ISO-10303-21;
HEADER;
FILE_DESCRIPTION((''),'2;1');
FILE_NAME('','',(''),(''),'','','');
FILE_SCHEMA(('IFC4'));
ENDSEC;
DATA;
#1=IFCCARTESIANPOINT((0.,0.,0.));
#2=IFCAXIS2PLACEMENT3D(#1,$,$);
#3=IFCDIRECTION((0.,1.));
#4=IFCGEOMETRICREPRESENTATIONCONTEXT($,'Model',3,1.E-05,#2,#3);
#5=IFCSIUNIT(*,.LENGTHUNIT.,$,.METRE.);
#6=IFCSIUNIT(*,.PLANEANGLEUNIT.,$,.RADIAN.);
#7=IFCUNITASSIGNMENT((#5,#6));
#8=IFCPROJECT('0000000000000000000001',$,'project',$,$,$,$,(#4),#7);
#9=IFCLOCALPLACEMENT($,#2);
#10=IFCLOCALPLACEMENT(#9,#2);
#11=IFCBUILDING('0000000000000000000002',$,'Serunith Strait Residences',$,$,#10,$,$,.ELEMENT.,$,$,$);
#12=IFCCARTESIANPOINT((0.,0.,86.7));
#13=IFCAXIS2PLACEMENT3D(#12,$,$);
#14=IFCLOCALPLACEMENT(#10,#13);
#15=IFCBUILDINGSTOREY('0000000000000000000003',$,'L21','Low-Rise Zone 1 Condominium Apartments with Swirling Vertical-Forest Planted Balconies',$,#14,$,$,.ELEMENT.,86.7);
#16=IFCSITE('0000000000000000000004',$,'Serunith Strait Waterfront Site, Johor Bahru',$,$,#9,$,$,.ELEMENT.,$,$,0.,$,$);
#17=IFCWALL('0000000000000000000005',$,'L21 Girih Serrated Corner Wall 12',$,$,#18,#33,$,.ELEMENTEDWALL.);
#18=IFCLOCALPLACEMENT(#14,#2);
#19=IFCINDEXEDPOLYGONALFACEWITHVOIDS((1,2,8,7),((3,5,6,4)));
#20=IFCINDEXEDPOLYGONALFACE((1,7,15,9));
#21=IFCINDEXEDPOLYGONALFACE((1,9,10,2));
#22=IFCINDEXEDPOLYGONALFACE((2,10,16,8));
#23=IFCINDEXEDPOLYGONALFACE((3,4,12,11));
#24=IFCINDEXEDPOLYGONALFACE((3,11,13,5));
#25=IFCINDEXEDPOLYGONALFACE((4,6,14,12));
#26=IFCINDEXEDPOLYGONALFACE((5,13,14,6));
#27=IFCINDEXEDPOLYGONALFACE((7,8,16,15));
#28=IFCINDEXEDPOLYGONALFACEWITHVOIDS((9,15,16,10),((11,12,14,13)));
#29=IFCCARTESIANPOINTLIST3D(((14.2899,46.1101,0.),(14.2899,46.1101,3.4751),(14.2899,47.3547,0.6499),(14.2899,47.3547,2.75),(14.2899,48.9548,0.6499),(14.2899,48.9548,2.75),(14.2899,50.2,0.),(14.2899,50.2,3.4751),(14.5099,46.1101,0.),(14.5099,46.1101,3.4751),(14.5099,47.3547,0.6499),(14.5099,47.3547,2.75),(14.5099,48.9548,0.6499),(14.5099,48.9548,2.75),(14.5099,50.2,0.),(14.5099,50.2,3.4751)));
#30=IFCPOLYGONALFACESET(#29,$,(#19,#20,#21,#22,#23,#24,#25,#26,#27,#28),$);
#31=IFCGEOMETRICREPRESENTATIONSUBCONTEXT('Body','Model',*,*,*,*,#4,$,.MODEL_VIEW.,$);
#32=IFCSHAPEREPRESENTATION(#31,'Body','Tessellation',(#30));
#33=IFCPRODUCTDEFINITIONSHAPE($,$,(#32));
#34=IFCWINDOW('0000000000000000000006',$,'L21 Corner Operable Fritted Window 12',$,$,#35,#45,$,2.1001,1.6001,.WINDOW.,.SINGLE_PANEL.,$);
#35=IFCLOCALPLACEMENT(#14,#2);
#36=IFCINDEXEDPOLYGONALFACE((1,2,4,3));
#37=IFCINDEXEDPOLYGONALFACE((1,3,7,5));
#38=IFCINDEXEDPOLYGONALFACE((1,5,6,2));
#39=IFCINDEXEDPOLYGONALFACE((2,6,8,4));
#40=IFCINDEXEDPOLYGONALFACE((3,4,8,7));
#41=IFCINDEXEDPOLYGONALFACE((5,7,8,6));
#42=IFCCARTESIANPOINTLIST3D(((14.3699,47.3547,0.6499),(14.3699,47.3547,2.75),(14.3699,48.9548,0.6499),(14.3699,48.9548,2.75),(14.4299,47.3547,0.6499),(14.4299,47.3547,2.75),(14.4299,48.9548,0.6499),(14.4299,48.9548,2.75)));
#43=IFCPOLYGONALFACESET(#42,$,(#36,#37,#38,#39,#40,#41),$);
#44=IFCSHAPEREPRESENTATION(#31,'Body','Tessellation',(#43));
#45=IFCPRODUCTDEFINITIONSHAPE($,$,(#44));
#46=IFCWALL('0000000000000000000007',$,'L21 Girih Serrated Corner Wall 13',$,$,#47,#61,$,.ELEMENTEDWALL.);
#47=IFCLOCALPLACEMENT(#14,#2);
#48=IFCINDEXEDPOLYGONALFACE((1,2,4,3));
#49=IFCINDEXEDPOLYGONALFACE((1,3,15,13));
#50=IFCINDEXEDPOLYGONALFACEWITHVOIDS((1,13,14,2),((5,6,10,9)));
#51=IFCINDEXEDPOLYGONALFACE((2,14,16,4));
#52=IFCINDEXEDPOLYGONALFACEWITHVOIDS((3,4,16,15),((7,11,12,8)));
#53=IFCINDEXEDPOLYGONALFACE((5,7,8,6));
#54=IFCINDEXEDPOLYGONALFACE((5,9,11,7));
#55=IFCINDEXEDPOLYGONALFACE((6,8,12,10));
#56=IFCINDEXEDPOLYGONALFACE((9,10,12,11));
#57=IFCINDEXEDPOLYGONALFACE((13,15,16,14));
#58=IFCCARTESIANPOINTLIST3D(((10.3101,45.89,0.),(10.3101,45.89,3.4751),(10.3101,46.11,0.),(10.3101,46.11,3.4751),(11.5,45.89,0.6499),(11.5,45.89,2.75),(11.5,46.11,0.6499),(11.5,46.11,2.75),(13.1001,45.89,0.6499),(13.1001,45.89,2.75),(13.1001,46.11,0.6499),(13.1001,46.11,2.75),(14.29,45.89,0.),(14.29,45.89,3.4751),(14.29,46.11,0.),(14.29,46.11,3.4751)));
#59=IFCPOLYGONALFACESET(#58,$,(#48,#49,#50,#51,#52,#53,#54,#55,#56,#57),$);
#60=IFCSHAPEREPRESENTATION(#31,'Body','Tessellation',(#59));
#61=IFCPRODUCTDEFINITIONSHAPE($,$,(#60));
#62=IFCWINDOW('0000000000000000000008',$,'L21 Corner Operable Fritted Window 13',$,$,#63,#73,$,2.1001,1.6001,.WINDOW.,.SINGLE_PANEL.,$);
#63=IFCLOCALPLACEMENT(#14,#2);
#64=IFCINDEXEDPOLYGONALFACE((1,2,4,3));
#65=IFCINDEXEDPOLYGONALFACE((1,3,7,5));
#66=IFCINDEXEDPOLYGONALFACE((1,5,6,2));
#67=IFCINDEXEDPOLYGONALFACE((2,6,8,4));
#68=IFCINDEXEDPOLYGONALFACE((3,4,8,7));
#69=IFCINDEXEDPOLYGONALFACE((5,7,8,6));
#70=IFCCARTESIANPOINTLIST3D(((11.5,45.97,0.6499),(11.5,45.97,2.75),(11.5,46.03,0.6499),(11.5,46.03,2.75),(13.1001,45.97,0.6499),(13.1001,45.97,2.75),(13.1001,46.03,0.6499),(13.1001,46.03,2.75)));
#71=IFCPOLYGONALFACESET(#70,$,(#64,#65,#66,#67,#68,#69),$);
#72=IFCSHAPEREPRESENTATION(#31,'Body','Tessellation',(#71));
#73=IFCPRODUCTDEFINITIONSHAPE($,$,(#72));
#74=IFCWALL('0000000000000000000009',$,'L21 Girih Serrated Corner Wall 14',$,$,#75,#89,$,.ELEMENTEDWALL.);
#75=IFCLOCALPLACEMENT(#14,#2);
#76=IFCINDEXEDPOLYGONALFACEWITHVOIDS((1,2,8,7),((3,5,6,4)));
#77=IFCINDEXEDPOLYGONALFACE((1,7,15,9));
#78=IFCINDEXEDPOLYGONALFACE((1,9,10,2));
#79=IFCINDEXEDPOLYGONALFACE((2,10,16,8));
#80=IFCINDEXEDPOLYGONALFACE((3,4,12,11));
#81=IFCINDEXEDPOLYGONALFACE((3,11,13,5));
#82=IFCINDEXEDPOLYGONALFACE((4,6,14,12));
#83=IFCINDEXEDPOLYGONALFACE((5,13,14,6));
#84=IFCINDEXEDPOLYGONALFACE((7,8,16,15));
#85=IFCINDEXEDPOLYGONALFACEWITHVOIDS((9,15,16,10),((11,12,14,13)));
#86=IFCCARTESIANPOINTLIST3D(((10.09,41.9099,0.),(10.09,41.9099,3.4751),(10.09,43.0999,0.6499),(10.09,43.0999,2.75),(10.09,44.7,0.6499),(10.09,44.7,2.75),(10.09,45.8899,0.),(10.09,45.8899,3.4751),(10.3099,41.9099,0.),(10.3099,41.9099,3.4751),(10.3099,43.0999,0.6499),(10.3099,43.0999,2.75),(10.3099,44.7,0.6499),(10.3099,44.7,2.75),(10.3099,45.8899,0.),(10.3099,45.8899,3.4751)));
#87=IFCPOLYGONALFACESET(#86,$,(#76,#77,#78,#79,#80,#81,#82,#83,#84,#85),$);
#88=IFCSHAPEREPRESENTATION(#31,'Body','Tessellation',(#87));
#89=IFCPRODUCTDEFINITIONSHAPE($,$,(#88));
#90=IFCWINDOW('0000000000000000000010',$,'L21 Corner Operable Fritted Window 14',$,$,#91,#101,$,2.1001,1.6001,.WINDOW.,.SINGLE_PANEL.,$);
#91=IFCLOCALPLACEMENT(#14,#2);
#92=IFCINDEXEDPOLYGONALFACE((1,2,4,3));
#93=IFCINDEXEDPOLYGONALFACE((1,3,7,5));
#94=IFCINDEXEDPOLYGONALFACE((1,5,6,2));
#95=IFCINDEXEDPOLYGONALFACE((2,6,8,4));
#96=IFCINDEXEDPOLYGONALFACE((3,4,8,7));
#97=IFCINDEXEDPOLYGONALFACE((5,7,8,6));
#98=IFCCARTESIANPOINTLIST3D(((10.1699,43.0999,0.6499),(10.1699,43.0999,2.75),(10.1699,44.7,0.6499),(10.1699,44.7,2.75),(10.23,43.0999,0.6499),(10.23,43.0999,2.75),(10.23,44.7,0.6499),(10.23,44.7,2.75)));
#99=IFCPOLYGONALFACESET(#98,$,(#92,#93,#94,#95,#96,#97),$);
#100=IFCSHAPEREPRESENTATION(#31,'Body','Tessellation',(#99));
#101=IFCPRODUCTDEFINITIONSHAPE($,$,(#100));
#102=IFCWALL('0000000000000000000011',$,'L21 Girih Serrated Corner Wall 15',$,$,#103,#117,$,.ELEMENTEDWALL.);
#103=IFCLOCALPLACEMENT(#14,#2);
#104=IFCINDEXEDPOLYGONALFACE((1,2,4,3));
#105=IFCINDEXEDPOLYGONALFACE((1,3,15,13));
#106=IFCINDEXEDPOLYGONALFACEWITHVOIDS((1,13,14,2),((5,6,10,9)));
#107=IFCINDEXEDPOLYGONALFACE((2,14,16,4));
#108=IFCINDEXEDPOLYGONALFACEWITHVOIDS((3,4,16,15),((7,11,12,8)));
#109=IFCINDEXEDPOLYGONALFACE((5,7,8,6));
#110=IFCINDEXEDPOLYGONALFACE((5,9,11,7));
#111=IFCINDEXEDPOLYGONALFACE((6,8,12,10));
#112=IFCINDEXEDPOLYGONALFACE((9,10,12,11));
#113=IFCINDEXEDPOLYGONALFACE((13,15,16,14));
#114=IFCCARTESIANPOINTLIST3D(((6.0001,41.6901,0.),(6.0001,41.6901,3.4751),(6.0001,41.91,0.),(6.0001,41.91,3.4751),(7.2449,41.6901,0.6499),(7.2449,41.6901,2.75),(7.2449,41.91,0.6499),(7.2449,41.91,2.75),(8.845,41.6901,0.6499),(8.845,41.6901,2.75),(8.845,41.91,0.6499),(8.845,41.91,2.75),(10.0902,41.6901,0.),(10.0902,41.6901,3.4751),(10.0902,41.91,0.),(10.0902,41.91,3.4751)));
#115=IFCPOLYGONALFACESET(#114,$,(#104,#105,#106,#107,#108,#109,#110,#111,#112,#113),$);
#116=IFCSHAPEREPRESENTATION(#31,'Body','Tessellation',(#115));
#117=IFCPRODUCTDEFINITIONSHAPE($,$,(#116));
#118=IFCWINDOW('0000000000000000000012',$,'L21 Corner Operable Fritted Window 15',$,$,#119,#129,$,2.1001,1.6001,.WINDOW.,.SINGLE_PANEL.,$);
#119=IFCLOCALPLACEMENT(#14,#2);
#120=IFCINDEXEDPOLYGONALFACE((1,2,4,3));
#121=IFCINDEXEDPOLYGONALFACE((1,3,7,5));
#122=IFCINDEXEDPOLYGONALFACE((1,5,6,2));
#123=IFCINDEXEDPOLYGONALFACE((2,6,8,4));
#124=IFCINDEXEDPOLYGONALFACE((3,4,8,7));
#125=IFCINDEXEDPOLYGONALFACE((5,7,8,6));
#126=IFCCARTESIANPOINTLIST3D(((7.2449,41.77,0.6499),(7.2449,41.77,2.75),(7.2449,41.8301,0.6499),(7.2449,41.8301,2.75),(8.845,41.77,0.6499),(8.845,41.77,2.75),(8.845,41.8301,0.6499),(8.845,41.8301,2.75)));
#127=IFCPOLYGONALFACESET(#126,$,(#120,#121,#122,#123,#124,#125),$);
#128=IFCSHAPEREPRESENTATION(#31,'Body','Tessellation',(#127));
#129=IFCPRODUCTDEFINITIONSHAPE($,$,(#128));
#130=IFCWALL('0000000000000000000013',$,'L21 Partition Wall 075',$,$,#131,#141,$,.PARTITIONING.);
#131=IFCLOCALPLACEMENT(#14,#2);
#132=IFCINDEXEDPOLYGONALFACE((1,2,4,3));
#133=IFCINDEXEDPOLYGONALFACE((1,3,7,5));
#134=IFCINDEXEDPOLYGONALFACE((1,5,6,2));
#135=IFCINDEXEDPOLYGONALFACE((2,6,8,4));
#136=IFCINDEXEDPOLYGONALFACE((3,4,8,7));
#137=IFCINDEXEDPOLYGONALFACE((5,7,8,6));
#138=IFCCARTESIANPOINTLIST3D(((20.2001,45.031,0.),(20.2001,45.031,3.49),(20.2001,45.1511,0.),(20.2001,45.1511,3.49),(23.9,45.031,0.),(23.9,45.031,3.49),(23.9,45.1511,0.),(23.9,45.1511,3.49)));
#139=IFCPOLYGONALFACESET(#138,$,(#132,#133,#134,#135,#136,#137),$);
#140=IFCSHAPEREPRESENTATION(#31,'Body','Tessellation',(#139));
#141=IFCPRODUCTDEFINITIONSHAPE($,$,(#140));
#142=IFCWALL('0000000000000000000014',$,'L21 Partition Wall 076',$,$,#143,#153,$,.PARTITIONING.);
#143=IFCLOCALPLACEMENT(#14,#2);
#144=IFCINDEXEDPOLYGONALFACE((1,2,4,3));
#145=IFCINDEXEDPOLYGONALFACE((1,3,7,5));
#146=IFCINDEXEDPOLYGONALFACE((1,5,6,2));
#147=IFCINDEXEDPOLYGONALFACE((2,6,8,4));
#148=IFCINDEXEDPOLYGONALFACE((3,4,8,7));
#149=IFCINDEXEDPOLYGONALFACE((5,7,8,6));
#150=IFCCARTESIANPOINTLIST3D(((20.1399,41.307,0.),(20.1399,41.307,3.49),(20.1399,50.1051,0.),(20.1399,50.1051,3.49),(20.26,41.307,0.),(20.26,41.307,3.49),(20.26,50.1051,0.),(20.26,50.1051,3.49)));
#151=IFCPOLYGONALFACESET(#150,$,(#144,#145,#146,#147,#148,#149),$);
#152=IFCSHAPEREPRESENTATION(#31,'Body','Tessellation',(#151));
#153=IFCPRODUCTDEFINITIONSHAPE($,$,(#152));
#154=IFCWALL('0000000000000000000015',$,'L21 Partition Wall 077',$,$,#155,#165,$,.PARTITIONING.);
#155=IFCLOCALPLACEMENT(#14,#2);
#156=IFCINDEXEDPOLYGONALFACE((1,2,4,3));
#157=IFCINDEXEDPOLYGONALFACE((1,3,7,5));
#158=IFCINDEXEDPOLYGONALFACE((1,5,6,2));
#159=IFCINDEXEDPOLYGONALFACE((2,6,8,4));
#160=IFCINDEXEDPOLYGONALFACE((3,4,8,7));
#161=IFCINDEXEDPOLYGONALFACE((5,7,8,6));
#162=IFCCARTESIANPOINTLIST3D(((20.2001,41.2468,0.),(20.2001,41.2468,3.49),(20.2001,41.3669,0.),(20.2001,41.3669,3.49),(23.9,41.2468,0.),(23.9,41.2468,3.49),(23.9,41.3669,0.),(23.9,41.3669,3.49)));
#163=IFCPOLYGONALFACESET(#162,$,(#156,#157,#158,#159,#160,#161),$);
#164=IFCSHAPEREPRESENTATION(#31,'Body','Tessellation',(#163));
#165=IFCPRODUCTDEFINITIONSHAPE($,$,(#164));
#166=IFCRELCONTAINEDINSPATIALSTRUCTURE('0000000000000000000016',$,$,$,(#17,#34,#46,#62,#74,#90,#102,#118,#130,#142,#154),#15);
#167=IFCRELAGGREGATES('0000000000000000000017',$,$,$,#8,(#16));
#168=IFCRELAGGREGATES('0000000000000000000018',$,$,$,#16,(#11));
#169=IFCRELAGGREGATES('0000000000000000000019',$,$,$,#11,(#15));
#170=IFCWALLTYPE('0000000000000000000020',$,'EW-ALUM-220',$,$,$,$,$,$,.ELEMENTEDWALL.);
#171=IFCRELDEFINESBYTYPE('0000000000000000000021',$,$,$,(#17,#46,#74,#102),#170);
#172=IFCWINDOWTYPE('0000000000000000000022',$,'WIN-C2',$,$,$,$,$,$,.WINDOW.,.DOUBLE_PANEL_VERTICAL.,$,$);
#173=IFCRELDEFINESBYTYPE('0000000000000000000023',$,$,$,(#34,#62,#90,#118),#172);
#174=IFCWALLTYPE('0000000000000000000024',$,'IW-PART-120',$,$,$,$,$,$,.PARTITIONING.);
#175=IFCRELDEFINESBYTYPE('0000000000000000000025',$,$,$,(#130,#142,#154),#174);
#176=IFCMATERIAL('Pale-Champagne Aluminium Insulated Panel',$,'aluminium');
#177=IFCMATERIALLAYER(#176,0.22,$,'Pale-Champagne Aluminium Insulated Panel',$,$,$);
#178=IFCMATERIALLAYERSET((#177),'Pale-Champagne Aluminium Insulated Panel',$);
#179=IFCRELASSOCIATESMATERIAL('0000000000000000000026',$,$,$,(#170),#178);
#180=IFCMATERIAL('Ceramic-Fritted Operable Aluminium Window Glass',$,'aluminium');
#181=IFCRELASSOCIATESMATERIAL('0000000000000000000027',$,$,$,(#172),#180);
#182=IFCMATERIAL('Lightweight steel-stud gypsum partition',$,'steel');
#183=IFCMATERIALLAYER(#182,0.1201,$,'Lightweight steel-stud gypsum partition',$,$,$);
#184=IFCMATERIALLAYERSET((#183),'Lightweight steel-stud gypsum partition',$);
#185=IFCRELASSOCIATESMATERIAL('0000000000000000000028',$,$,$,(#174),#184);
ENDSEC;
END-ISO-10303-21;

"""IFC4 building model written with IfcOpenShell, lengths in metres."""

from ifc_helpers import new_model, si_unit, direction, frame, frame_2d, origin, place, context, subcontext, project, spatial, rectangle, extrude, source, transform, mapped, material, layer, layer_set, type_object, element, fill, save


model = new_model("IFC4")

# Units and contexts
model_context = context("Model", 3, precision=1e-05, world=origin(), true_north=direction((0.0, 1.0)))
body_context = subcontext(model_context, "Body", "Model", "MODEL_VIEW")
ifc_project = project(units=[si_unit("LENGTHUNIT", "METRE"), si_unit("PLANEANGLEUNIT", "RADIAN")], contexts=[model_context])

# Site, building, storey
site_placement = place(None, origin())
site = spatial("IfcSite", under=ifc_project, at=site_placement, Name="Serunith Strait Waterfront Site, Johor Bahru", CompositionType="ELEMENT", RefElevation=0.0)
building_placement = place(site_placement, origin())
building = spatial("IfcBuilding", under=site, at=building_placement, Name="Serunith Strait Residences", CompositionType="ELEMENT")
storey_placement = place(building_placement, frame((0.0, 0.0, 86.7)))
storey = spatial("IfcBuildingStorey", under=building, at=storey_placement, Name="L21", Description="Low-Rise Zone 1 Condominium Apartments with Swirling Vertical-Forest Planted Balconies", CompositionType="ELEMENT", Elevation=86.7)

# Walls, openings, windows
ifc_material_1 = material(Name="Pale-Champagne Aluminium Insulated Panel", Category="aluminium")
ifc_layer_1 = layer(ifc_material_1, 0.22, Name="Pale-Champagne Aluminium Insulated Panel")
ifc_layer_set_1 = layer_set([ifc_layer_1], Name="Pale-Champagne Aluminium Insulated Panel")
wall_type_1 = type_object("IfcWallType", Name="EW-ALUM-220", PredefinedType="ELEMENTEDWALL", material=ifc_layer_set_1)
wall_1_placement = place(storey_placement, frame((14.3999, 50.2, 0.0), z_axis=(0.0, 0.0, 1.0), x_axis=(0.0, -1.0, 0.0)))
wall_1 = element("IfcWall", 1, at=wall_1_placement, inside=storey, type_object=wall_type_1, Name="L21 Girih Serrated Corner Wall 12", PredefinedType="ELEMENTEDWALL", context=body_context, shape_type="SweptSolid", body=[
    extrude(rectangle(XDim=4.0898, YDim=0.22, at=frame_2d((2.0449, 0.0))), origin(), (0.0, 0.0, 1.0), 3.4751),
])
opening_1_placement = place(wall_1_placement, frame((1.2451, 0.0, 0.6499)))
opening_1 = element("IfcOpeningElement", 2, at=opening_1_placement, cuts=wall_1, PredefinedType="OPENING", context=body_context, shape_type="SweptSolid", body=[
    extrude(rectangle(XDim=1.6001, YDim=2.1001, at=frame_2d((0.8, 1.05))), frame((0.0, 0.1201, 0.0), z_axis=(0.0, -1.0, 0.0), x_axis=(1.0, 0.0, 0.0)), (0.0, 0.0, 1.0), 0.24),
])
ifc_material_2 = material(Name="Ceramic-Fritted Operable Aluminium Window Glass", Category="aluminium")
window_type = type_object("IfcWindowType", Name="WIN-C2", PartitioningType="DOUBLE_PANEL_VERTICAL", PredefinedType="WINDOW", material=ifc_material_2)
shared_shape_1 = source(origin(), body_context, "Body", "SweptSolid", [
    extrude(rectangle(XDim=1.6001, YDim=2.1001, at=frame_2d((0.8, 1.05))), frame((0.0, 0.03, 0.0), z_axis=(0.0, -1.0, 0.0), x_axis=(1.0, 0.0, 0.0)), (0.0, 0.0, 1.0), 0.0601),
])
window_1_placement = place(opening_1_placement, origin())
window_1 = element("IfcWindow", 3, at=window_1_placement, inside=storey, type_object=window_type, Name="L21 Corner Operable Fritted Window 12", OverallHeight=2.1001, OverallWidth=1.6001, PartitioningType="SINGLE_PANEL", PredefinedType="WINDOW", context=body_context, shape_type="MappedRepresentation", body=[
    mapped(shared_shape_1, transform((0.0, 0.0, 0.0), scale=1.0)),
])
fill(opening_1, window_1)
wall_2_placement = place(storey_placement, frame((14.29, 46.0, 0.0), z_axis=(0.0, 0.0, 1.0), x_axis=(-1.0, 0.0, 0.0)))
wall_2 = element("IfcWall", 4, at=wall_2_placement, inside=storey, type_object=wall_type_1, Name="L21 Girih Serrated Corner Wall 13", PredefinedType="ELEMENTEDWALL", context=body_context, shape_type="SweptSolid", body=[
    extrude(rectangle(XDim=3.98, YDim=0.22, at=frame_2d((1.99, 0.0))), origin(), (0.0, 0.0, 1.0), 3.4751),
])
opening_2_placement = place(wall_2_placement, frame((1.1899, 0.0, 0.6499)))
opening_2 = element("IfcOpeningElement", 5, at=opening_2_placement, cuts=wall_2, PredefinedType="OPENING", context=body_context, shape_type="SweptSolid", body=[
    extrude(rectangle(XDim=1.6001, YDim=2.1001, at=frame_2d((0.8, 1.05))), frame((0.0, 0.1201, 0.0), z_axis=(0.0, -1.0, 0.0), x_axis=(1.0, 0.0, 0.0)), (0.0, 0.0, 1.0), 0.24),
])
window_2_placement = place(opening_2_placement, origin())
window_2 = element("IfcWindow", 6, at=window_2_placement, inside=storey, type_object=window_type, Name="L21 Corner Operable Fritted Window 13", OverallHeight=2.1001, OverallWidth=1.6001, PartitioningType="SINGLE_PANEL", PredefinedType="WINDOW", context=body_context, shape_type="MappedRepresentation", body=[
    mapped(shared_shape_1, transform((0.0, 0.0, 0.0), scale=1.0)),
])
fill(opening_2, window_2)
wall_3_placement = place(storey_placement, frame((10.2, 45.8899, 0.0), z_axis=(0.0, 0.0, 1.0), x_axis=(0.0, -1.0, 0.0)))
wall_3 = element("IfcWall", 7, at=wall_3_placement, inside=storey, type_object=wall_type_1, Name="L21 Girih Serrated Corner Wall 14", PredefinedType="ELEMENTEDWALL", context=body_context, shape_type="SweptSolid", body=[
    extrude(rectangle(XDim=3.98, YDim=0.22, at=frame_2d((1.99, 0.0))), origin(), (0.0, 0.0, 1.0), 3.4751),
])
opening_3_placement = place(wall_3_placement, frame((1.1899, 0.0, 0.6499)))
opening_3 = element("IfcOpeningElement", 8, at=opening_3_placement, cuts=wall_3, PredefinedType="OPENING", context=body_context, shape_type="SweptSolid", body=[
    extrude(rectangle(XDim=1.6001, YDim=2.1001, at=frame_2d((0.8, 1.05))), frame((0.0, 0.1201, 0.0), z_axis=(0.0, -1.0, 0.0), x_axis=(1.0, 0.0, 0.0)), (0.0, 0.0, 1.0), 0.24),
])
window_3_placement = place(opening_3_placement, origin())
window_3 = element("IfcWindow", 9, at=window_3_placement, inside=storey, type_object=window_type, Name="L21 Corner Operable Fritted Window 14", OverallHeight=2.1001, OverallWidth=1.6001, PartitioningType="SINGLE_PANEL", PredefinedType="WINDOW", context=body_context, shape_type="MappedRepresentation", body=[
    mapped(shared_shape_1, transform((0.0, 0.0, 0.0), scale=1.0)),
])
fill(opening_3, window_3)
wall_4_placement = place(storey_placement, frame((10.0901, 41.8, 0.0), z_axis=(0.0, 0.0, 1.0), x_axis=(-1.0, 0.0, 0.0)))
wall_4 = element("IfcWall", 10, at=wall_4_placement, inside=storey, type_object=wall_type_1, Name="L21 Girih Serrated Corner Wall 15", PredefinedType="ELEMENTEDWALL", context=body_context, shape_type="SweptSolid", body=[
    extrude(rectangle(XDim=4.0901, YDim=0.22, at=frame_2d((2.0449, 0.0))), origin(), (0.0, 0.0, 1.0), 3.4751),
])
opening_4_placement = place(wall_4_placement, frame((1.2451, 0.0, 0.6499)))
opening_4 = element("IfcOpeningElement", 11, at=opening_4_placement, cuts=wall_4, PredefinedType="OPENING", context=body_context, shape_type="SweptSolid", body=[
    extrude(rectangle(XDim=1.6001, YDim=2.1001, at=frame_2d((0.8, 1.05))), frame((0.0, 0.1201, 0.0), z_axis=(0.0, -1.0, 0.0), x_axis=(1.0, 0.0, 0.0)), (0.0, 0.0, 1.0), 0.24),
])
window_4_placement = place(opening_4_placement, origin())
window_4 = element("IfcWindow", 12, at=window_4_placement, inside=storey, type_object=window_type, Name="L21 Corner Operable Fritted Window 15", OverallHeight=2.1001, OverallWidth=1.6001, PartitioningType="SINGLE_PANEL", PredefinedType="WINDOW", context=body_context, shape_type="MappedRepresentation", body=[
    mapped(shared_shape_1, transform((0.0, 0.0, 0.0), scale=1.0)),
])
fill(opening_4, window_4)

# Walls
ifc_material_3 = material(Name="Lightweight steel-stud gypsum partition", Category="steel")
ifc_layer_2 = layer(ifc_material_3, 0.1201, Name="Lightweight steel-stud gypsum partition")
ifc_layer_set_2 = layer_set([ifc_layer_2], Name="Lightweight steel-stud gypsum partition")
wall_type_2 = type_object("IfcWallType", Name="IW-PART-120", PredefinedType="PARTITIONING", material=ifc_layer_set_2)
wall_5_placement = place(storey_placement, frame((20.2, 45.0911, 0.0), z_axis=(0.0, 0.0, 1.0), x_axis=(1.0, 0.0, 0.0)))
element("IfcWall", 13, at=wall_5_placement, inside=storey, type_object=wall_type_2, Name="L21 Partition Wall 075", PredefinedType="PARTITIONING", context=body_context, shape_type="SweptSolid", body=[
    extrude(rectangle(XDim=3.7, YDim=0.1201, at=frame_2d((1.8501, 0.0))), origin(), (0.0, 0.0, 1.0), 3.49),
])
wall_6_placement = place(storey_placement, frame((20.2, 50.105, 0.0), z_axis=(0.0, 0.0, 1.0), x_axis=(0.0, -1.0, 0.0)))
element("IfcWall", 14, at=wall_6_placement, inside=storey, type_object=wall_type_2, Name="L21 Partition Wall 076", PredefinedType="PARTITIONING", context=body_context, shape_type="SweptSolid", body=[
    extrude(rectangle(XDim=8.7981, YDim=0.1201, at=frame_2d((4.3989, 0.0))), origin(), (0.0, 0.0, 1.0), 3.49),
])
wall_7_placement = place(storey_placement, frame((20.2, 41.3069, 0.0), z_axis=(0.0, 0.0, 1.0), x_axis=(1.0, 0.0, 0.0)))
element("IfcWall", 15, at=wall_7_placement, inside=storey, type_object=wall_type_2, Name="L21 Partition Wall 077", PredefinedType="PARTITIONING", context=body_context, shape_type="SweptSolid", body=[
    extrude(rectangle(XDim=3.7, YDim=0.1201, at=frame_2d((1.8501, 0.0))), origin(), (0.0, 0.0, 1.0), 3.49),
])

save(model, "model.ifc")
